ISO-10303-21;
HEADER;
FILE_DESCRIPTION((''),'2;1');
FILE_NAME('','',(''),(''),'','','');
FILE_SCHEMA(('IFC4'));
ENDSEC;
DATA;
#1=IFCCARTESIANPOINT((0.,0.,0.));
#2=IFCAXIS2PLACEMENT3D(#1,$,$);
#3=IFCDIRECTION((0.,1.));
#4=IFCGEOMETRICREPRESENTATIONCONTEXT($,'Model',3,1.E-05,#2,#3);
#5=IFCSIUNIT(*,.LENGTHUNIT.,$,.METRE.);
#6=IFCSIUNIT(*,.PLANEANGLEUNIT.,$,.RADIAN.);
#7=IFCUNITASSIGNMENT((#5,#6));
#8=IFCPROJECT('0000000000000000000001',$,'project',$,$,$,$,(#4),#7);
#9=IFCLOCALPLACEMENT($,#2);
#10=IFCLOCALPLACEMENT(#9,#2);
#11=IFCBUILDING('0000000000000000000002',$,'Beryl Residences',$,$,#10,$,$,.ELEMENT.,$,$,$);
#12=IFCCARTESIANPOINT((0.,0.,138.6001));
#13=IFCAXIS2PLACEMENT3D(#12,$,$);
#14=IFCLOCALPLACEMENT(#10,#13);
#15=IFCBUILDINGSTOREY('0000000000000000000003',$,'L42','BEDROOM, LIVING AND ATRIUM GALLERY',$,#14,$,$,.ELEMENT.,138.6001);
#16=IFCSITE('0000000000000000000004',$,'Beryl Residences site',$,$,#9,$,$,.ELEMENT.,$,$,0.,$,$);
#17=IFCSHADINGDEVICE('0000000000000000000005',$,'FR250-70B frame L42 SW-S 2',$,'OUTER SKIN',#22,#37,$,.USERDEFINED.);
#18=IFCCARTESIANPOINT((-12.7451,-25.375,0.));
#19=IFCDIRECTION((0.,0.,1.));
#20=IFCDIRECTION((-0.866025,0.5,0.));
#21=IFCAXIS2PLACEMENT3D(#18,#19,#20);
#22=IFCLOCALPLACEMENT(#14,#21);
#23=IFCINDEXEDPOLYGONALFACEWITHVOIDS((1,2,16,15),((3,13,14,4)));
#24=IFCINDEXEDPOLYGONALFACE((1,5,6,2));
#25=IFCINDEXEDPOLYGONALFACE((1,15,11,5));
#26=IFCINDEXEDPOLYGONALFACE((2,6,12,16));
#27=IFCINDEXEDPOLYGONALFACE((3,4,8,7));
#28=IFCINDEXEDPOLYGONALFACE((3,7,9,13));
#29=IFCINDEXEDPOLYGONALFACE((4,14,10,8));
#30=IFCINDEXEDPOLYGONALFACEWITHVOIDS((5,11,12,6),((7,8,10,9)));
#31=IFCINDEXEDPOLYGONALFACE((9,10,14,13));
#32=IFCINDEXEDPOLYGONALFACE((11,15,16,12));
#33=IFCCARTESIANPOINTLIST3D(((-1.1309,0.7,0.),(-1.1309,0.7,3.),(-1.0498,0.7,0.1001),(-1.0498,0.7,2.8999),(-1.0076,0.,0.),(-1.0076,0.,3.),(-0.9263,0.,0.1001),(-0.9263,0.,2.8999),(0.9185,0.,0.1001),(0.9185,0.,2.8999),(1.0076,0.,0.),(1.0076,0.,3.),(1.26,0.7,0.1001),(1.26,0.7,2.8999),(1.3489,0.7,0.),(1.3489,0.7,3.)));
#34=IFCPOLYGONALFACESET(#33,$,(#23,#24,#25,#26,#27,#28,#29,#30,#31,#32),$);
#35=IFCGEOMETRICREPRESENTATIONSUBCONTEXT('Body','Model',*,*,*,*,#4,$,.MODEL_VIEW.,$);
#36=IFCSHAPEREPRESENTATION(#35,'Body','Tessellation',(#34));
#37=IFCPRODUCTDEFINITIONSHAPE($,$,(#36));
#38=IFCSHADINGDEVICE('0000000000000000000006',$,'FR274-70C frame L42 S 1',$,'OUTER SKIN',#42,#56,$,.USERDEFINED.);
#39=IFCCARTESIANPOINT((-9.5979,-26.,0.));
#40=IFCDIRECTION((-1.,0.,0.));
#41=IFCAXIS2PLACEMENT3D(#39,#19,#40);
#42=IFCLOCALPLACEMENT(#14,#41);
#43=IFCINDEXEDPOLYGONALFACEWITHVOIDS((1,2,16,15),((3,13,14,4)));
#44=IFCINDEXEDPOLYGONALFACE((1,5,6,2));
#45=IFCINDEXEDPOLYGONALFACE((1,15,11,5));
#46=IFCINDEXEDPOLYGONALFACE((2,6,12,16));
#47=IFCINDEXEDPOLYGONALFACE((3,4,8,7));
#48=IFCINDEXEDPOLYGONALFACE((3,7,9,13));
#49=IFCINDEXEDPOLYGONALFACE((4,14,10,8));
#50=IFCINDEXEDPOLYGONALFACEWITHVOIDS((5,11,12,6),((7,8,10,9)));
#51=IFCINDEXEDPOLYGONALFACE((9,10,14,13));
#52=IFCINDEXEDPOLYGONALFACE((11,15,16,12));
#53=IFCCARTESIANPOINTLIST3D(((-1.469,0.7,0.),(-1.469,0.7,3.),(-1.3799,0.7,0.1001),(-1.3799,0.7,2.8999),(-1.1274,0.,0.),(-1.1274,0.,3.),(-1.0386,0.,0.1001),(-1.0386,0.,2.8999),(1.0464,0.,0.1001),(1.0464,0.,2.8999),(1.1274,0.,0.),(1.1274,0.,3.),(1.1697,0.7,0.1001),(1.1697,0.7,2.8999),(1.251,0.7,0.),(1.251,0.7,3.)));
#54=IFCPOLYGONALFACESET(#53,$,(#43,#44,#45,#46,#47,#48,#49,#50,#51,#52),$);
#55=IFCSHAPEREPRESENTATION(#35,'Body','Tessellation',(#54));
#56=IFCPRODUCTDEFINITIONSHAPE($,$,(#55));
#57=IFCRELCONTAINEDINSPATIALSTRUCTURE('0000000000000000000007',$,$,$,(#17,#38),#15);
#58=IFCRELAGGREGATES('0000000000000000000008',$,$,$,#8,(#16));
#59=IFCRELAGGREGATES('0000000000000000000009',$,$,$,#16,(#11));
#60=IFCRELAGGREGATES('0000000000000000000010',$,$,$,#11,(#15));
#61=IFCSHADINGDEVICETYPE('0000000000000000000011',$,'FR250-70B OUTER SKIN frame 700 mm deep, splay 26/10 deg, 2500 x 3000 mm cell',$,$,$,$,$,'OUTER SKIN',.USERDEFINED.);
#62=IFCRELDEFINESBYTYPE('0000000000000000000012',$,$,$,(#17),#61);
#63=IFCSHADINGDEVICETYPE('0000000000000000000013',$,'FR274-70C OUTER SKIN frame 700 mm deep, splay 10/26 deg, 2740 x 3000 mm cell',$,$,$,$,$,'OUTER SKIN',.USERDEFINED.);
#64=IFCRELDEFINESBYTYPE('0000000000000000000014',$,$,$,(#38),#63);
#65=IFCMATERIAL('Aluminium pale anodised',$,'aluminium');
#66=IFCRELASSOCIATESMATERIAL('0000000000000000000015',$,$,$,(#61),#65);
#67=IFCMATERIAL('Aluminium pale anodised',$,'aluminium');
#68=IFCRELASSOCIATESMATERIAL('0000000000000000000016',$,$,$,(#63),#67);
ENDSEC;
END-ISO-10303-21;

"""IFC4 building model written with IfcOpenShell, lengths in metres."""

from ifc_helpers import new_model, entity, si_unit, direction, frame, origin, place, context, subcontext, project, spatial, source, transform, mapped, material, type_object, type_shapes, element, save


model = new_model("IFC4")

# Units and contexts
model_context = context("Model", 3, precision=1e-05, world=origin(), true_north=direction((0.0, 1.0)))
body_context = subcontext(model_context, "Body", "Model", "MODEL_VIEW")
ifc_project = project(units=[si_unit("LENGTHUNIT", "METRE"), si_unit("PLANEANGLEUNIT", "RADIAN")], contexts=[model_context])

# Site, building, storey
site_placement = place(None, origin())
site = spatial("IfcSite", under=ifc_project, at=site_placement, Name="Beryl Residences site", CompositionType="ELEMENT", RefElevation=0.0)
building_placement = place(site_placement, origin())
building = spatial("IfcBuilding", under=site, at=building_placement, Name="Beryl Residences", CompositionType="ELEMENT")
storey_placement = place(building_placement, frame((0.0, 0.0, 138.6001)))
storey = spatial("IfcBuildingStorey", under=building, at=storey_placement, Name="L42", Description="BEDROOM, LIVING AND ATRIUM GALLERY", CompositionType="ELEMENT", Elevation=138.6001)

# Shading devices
ifc_material_1 = material(Name="Aluminium pale anodised", Category="aluminium")
shading_device_type_1 = type_object("IfcShadingDeviceType", Name="FR250-70B OUTER SKIN frame 700 mm deep, splay 26/10 deg, 2500 x 3000 mm cell", ElementType="OUTER SKIN", PredefinedType="USERDEFINED", material=ifc_material_1)
cartesian_point_1 = entity("IfcCartesianPoint", [-1.0076, 0.0])
cartesian_point_2 = entity("IfcCartesianPoint", [-0.9185, 0.1001])
cartesian_point_3 = entity("IfcCartesianPoint", [-1.3489, 0.0])
cartesian_point_4 = entity("IfcCartesianPoint", [-1.26, 0.1001])
shared_shape_1 = source(origin(), body_context, "Body", "SweptSolid", [
    entity("IfcExtrudedAreaSolidTapered", entity("IfcArbitraryProfileDefWithVoids", "AREA", None, entity("IfcPolyline", [cartesian_point_1, entity("IfcCartesianPoint", [1.0076, 0.0]), entity("IfcCartesianPoint", [1.0076, 3.0]), entity("IfcCartesianPoint", [-1.0076, 3.0]), cartesian_point_1]), [entity("IfcPolyline", [cartesian_point_2, entity("IfcCartesianPoint", [0.9263, 0.1001]), entity("IfcCartesianPoint", [0.9263, 2.8999]), entity("IfcCartesianPoint", [-0.9185, 2.8999]), cartesian_point_2])]), entity("IfcAxis2Placement3D", entity("IfcCartesianPoint", [0.0, 0.0, 0.0]), entity("IfcDirection", [0.0, 1.0, 0.0]), entity("IfcDirection", [-1.0, 0.0, 0.0])), entity("IfcDirection", [0.0, 0.0, 1.0]), 0.7, entity("IfcArbitraryProfileDefWithVoids", "AREA", None, entity("IfcPolyline", [cartesian_point_3, entity("IfcCartesianPoint", [1.1309, 0.0]), entity("IfcCartesianPoint", [1.1309, 3.0]), entity("IfcCartesianPoint", [-1.3489, 3.0]), cartesian_point_3]), [entity("IfcPolyline", [cartesian_point_4, entity("IfcCartesianPoint", [1.0498, 0.1001]), entity("IfcCartesianPoint", [1.0498, 2.8999]), entity("IfcCartesianPoint", [-1.26, 2.8999]), cartesian_point_4])])),
])
type_shapes(shading_device_type_1, [shared_shape_1])
shading_device_1_placement = place(storey_placement, frame((-12.7451, -25.375, 0.0), z_axis=(0.0, 0.0, 1.0), x_axis=(-0.866025, 0.5, 0.0)))
element("IfcShadingDevice", 1, at=shading_device_1_placement, inside=storey, type_object=shading_device_type_1, Name="FR250-70B frame L42 SW-S 2", ObjectType="OUTER SKIN", PredefinedType="USERDEFINED", context=body_context, shape_type="MappedRepresentation", body=[
    mapped(shared_shape_1, transform((0.0, 0.0, 0.0))),
])
ifc_material_2 = material(Name="Aluminium pale anodised", Category="aluminium")
shading_device_type_2 = type_object("IfcShadingDeviceType", Name="FR274-70C OUTER SKIN frame 700 mm deep, splay 10/26 deg, 2740 x 3000 mm cell", ElementType="OUTER SKIN", PredefinedType="USERDEFINED", material=ifc_material_2)
cartesian_point_5 = entity("IfcCartesianPoint", [-1.1274, 0.0])
cartesian_point_6 = entity("IfcCartesianPoint", [-1.0464, 0.1001])
cartesian_point_7 = entity("IfcCartesianPoint", [-1.251, 0.0])
cartesian_point_8 = entity("IfcCartesianPoint", [-1.1697, 0.1001])
shared_shape_2 = source(origin(), body_context, "Body", "SweptSolid", [
    entity("IfcExtrudedAreaSolidTapered", entity("IfcArbitraryProfileDefWithVoids", "AREA", None, entity("IfcPolyline", [cartesian_point_5, entity("IfcCartesianPoint", [1.1274, 0.0]), entity("IfcCartesianPoint", [1.1274, 3.0]), entity("IfcCartesianPoint", [-1.1274, 3.0]), cartesian_point_5]), [entity("IfcPolyline", [cartesian_point_6, entity("IfcCartesianPoint", [1.0386, 0.1001]), entity("IfcCartesianPoint", [1.0386, 2.8999]), entity("IfcCartesianPoint", [-1.0464, 2.8999]), cartesian_point_6])]), entity("IfcAxis2Placement3D", entity("IfcCartesianPoint", [0.0, 0.0, 0.0]), entity("IfcDirection", [0.0, 1.0, 0.0]), entity("IfcDirection", [-1.0, 0.0, 0.0])), entity("IfcDirection", [0.0, 0.0, 1.0]), 0.7, entity("IfcArbitraryProfileDefWithVoids", "AREA", None, entity("IfcPolyline", [cartesian_point_7, entity("IfcCartesianPoint", [1.469, 0.0]), entity("IfcCartesianPoint", [1.469, 3.0]), entity("IfcCartesianPoint", [-1.251, 3.0]), cartesian_point_7]), [entity("IfcPolyline", [cartesian_point_8, entity("IfcCartesianPoint", [1.3799, 0.1001]), entity("IfcCartesianPoint", [1.3799, 2.8999]), entity("IfcCartesianPoint", [-1.1697, 2.8999]), cartesian_point_8])])),
])
type_shapes(shading_device_type_2, [shared_shape_2])
shading_device_2_placement = place(storey_placement, frame((-9.5979, -26.0, 0.0), z_axis=(0.0, 0.0, 1.0), x_axis=(-1.0, 0.0, 0.0)))
element("IfcShadingDevice", 2, at=shading_device_2_placement, inside=storey, type_object=shading_device_type_2, Name="FR274-70C frame L42 S 1", ObjectType="OUTER SKIN", PredefinedType="USERDEFINED", context=body_context, shape_type="MappedRepresentation", body=[
    mapped(shared_shape_2, transform((0.0, 0.0, 0.0))),
])

save(model, "model.ifc")
